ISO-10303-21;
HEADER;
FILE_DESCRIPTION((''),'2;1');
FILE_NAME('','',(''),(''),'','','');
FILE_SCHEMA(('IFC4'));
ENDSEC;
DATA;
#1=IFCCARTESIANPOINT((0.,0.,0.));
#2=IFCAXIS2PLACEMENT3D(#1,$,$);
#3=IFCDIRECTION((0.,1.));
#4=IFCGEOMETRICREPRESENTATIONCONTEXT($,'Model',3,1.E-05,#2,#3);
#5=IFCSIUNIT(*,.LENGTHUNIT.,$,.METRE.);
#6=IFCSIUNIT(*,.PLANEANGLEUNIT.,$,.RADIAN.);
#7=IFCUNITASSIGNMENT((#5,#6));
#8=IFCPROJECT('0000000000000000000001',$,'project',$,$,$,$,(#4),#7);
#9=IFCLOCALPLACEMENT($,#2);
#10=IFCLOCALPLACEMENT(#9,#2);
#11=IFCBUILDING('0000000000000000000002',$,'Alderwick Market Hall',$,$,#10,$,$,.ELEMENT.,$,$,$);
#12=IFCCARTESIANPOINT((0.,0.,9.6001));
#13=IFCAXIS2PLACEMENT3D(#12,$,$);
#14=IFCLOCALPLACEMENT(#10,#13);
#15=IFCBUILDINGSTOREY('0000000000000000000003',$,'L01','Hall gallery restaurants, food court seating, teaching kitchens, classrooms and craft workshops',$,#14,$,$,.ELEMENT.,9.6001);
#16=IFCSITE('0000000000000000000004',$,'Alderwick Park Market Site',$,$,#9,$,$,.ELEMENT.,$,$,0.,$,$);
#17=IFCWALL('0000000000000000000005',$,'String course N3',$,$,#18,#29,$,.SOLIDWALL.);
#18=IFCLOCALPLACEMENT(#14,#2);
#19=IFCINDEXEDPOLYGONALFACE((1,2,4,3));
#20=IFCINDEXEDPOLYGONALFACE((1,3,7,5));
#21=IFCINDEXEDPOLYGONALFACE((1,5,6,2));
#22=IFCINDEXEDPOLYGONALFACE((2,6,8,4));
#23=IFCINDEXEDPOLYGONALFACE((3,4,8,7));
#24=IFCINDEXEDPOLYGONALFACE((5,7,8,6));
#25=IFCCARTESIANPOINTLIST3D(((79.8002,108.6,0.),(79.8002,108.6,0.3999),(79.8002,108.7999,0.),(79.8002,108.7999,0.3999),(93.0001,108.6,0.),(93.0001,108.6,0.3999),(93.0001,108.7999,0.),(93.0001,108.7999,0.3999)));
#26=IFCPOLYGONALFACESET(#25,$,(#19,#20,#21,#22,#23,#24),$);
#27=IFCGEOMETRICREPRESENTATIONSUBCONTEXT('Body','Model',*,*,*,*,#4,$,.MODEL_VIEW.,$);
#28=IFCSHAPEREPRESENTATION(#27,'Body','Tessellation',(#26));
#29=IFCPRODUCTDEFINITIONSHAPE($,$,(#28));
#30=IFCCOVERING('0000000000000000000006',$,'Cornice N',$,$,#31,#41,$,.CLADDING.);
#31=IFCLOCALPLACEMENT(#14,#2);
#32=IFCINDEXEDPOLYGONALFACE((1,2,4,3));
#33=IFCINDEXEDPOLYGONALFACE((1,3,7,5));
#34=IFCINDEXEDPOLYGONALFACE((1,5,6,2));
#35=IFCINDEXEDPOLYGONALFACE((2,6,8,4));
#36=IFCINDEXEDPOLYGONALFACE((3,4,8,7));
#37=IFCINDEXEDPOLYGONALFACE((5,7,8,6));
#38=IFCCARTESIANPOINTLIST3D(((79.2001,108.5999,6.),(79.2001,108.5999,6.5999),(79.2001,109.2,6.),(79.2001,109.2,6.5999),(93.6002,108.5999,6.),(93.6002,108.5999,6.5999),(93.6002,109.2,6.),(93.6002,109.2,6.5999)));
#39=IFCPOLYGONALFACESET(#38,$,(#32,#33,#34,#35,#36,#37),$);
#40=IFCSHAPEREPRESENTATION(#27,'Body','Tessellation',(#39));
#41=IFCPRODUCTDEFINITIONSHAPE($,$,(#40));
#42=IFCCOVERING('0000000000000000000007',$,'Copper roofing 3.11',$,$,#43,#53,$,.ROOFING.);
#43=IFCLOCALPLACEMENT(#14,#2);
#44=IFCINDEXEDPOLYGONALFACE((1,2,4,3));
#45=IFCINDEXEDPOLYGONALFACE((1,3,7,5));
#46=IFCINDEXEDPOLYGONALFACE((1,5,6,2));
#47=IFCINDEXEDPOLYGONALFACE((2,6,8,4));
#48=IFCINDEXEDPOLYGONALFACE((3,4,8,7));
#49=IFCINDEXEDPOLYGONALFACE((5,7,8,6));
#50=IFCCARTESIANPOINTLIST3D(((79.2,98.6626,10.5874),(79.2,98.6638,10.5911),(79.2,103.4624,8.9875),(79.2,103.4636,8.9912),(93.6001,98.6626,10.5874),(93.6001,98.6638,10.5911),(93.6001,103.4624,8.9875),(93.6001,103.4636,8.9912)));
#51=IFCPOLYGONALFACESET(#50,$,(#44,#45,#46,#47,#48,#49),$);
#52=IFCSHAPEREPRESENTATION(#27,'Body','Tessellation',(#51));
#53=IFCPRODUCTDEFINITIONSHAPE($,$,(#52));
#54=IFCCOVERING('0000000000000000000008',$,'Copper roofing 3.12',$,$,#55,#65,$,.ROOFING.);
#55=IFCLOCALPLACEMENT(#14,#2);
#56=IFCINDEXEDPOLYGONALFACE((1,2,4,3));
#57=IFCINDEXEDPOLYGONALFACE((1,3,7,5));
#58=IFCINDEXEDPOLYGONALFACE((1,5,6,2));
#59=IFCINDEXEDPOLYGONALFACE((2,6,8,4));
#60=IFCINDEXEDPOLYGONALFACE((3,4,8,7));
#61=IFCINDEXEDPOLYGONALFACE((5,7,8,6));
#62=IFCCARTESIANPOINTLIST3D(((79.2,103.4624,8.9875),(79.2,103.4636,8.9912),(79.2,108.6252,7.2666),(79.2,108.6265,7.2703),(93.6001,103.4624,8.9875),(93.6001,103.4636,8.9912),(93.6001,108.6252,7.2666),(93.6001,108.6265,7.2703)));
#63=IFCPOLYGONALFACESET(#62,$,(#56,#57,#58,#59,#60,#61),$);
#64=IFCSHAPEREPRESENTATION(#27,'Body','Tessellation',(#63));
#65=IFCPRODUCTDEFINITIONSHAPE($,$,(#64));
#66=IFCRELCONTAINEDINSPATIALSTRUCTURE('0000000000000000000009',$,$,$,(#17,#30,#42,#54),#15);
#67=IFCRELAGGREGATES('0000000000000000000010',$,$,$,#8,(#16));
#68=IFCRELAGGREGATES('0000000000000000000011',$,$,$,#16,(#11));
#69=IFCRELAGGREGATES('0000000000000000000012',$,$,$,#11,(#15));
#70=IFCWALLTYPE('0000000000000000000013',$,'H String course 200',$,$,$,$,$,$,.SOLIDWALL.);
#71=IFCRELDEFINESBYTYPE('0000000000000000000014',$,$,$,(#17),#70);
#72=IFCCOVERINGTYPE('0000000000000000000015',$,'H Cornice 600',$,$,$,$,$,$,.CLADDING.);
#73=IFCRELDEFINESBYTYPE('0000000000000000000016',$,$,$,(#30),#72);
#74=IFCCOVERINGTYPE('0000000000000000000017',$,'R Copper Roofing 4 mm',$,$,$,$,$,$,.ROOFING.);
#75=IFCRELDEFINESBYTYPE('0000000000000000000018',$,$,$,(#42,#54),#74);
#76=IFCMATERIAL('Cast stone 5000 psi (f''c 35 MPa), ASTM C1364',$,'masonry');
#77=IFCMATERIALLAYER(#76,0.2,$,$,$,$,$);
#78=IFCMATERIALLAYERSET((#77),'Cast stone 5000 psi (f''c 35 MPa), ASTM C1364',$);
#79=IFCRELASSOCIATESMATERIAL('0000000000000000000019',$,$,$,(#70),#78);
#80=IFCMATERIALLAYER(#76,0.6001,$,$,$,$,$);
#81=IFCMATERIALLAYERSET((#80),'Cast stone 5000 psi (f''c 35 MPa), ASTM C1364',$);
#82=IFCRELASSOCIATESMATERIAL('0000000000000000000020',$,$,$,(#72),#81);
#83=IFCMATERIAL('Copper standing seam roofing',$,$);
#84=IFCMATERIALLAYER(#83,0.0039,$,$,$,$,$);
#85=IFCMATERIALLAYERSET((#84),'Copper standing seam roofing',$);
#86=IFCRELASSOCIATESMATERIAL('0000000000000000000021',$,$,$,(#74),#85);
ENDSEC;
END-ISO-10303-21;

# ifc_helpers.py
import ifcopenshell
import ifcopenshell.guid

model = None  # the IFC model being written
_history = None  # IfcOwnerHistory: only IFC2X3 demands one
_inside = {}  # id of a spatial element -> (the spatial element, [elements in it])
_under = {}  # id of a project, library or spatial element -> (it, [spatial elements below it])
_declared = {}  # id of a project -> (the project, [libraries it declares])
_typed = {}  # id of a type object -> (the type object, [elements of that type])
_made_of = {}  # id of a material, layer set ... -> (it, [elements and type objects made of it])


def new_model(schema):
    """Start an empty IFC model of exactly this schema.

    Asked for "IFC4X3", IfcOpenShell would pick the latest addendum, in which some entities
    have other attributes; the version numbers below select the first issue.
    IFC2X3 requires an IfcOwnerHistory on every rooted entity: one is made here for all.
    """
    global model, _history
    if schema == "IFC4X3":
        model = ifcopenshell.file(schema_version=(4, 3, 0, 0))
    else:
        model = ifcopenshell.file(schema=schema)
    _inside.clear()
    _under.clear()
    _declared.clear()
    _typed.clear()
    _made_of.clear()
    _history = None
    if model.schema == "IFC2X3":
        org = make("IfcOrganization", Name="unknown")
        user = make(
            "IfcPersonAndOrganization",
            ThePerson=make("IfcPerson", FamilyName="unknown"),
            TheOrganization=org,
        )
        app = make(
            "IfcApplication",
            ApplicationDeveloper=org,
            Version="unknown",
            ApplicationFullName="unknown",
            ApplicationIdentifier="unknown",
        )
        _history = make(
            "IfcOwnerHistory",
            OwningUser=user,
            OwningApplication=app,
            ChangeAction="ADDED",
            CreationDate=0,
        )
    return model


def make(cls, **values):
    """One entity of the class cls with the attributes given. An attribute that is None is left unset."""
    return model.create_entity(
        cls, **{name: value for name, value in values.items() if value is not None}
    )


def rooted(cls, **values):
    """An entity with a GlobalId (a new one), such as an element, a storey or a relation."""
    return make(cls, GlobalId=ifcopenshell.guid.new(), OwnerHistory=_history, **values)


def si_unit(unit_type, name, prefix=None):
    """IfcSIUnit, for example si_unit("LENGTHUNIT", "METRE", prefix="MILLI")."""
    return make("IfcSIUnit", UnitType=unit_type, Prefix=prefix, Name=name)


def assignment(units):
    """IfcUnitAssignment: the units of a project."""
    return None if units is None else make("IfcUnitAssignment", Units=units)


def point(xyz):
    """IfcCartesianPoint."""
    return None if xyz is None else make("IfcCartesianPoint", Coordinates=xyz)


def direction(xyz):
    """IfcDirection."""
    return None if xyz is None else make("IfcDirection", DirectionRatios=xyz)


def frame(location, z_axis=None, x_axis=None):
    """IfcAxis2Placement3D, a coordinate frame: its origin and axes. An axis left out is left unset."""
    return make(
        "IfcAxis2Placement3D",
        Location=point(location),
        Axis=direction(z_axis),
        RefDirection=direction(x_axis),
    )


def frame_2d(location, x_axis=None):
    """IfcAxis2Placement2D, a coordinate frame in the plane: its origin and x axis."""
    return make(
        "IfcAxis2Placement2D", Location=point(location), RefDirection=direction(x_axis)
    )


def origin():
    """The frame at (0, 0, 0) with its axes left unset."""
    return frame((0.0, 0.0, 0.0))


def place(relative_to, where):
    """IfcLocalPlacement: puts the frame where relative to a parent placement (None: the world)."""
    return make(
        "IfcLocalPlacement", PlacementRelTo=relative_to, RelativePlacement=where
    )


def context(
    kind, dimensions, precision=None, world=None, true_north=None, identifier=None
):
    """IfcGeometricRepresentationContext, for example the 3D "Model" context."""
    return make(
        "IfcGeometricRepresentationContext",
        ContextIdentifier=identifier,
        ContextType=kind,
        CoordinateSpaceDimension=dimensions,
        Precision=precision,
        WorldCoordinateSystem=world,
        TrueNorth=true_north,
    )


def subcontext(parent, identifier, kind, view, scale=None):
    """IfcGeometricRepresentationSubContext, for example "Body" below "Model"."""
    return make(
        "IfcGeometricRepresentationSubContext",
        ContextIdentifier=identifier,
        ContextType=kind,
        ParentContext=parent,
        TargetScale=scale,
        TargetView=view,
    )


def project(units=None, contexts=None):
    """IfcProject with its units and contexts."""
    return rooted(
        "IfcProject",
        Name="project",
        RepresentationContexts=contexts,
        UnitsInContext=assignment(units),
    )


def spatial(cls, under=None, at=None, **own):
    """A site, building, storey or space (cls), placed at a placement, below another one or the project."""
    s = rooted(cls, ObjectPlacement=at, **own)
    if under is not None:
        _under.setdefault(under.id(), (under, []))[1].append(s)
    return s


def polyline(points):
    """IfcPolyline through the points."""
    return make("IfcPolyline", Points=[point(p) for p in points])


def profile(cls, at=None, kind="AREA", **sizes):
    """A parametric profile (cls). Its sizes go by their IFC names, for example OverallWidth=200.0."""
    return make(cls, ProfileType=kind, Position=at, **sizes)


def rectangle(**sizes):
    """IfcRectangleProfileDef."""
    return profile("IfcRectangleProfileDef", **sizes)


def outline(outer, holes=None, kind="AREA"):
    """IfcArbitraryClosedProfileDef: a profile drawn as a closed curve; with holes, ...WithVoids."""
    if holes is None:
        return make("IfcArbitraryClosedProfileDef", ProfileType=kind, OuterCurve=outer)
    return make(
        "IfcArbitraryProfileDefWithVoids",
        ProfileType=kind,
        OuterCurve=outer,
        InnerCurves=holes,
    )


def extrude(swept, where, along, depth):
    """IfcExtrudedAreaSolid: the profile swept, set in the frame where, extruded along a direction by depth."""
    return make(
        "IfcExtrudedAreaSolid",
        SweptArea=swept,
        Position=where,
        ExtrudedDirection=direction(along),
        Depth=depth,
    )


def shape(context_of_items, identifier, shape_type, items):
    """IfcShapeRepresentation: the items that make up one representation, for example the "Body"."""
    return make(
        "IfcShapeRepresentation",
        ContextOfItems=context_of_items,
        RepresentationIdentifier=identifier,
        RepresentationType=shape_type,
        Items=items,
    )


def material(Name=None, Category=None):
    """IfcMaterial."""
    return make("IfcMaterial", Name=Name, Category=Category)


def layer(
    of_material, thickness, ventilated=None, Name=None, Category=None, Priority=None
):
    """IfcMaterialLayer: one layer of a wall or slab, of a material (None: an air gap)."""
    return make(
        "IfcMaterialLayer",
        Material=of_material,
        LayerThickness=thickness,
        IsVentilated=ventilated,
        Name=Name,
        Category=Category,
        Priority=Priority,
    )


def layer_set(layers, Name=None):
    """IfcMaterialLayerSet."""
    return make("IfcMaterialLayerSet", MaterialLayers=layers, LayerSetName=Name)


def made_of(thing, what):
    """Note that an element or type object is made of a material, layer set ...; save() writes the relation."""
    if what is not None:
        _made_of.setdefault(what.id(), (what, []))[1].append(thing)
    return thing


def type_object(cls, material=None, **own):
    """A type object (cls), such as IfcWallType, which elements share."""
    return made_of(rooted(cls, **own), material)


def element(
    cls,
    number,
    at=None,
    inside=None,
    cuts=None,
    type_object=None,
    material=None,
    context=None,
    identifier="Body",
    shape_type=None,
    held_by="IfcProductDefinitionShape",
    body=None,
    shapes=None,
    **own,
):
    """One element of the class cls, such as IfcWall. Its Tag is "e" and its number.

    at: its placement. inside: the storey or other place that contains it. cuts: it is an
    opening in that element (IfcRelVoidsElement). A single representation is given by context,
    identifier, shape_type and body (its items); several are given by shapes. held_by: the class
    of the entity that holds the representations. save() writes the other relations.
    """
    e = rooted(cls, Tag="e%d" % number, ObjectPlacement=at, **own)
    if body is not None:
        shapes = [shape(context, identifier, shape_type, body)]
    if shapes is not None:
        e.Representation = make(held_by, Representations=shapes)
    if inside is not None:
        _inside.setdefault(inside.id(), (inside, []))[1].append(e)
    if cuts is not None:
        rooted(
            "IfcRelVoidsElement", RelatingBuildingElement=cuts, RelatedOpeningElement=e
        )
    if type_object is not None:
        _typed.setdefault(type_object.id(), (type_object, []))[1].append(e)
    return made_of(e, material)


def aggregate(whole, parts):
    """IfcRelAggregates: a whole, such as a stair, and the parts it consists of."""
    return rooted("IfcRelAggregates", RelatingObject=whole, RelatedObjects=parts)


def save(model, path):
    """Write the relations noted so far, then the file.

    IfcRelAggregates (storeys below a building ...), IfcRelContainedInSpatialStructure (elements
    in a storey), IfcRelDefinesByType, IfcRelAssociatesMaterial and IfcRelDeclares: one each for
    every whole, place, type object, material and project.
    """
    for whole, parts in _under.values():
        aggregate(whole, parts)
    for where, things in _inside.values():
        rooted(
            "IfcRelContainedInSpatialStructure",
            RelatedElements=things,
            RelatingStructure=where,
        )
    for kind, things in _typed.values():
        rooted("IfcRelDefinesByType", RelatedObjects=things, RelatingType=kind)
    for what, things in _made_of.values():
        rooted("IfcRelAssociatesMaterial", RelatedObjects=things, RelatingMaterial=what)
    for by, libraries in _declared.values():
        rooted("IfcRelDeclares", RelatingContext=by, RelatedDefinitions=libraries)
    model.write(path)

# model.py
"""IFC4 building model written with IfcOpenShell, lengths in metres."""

from ifc_helpers import new_model, si_unit, direction, frame, frame_2d, origin, place, context, subcontext, project, spatial, polyline, rectangle, outline, extrude, material, layer, layer_set, type_object, element, save


model = new_model("IFC4")

# Units and contexts
model_context = context("Model", 3, precision=1e-05, world=origin(), true_north=direction((0.0, 1.0)))
body_context = subcontext(model_context, "Body", "Model", "MODEL_VIEW")
ifc_project = project(units=[si_unit("LENGTHUNIT", "METRE"), si_unit("PLANEANGLEUNIT", "RADIAN")], contexts=[model_context])

# Site, building, storey
site_placement = place(None, origin())
site = spatial("IfcSite", under=ifc_project, at=site_placement, Name="Alderwick Park Market Site", CompositionType="ELEMENT", RefElevation=0.0)
building_placement = place(site_placement, origin())
building = spatial("IfcBuilding", under=site, at=building_placement, Name="Alderwick Market Hall", CompositionType="ELEMENT")
storey_placement = place(building_placement, frame((0.0, 0.0, 9.6001)))
storey = spatial("IfcBuildingStorey", under=building, at=storey_placement, Name="L01", Description="Hall gallery restaurants, food court seating, teaching kitchens, classrooms and craft workshops", CompositionType="ELEMENT", Elevation=9.6001)

# Wall
ifc_material_1 = material(Name="Cast stone 5000 psi (f'c 35 MPa), ASTM C1364", Category="masonry")
ifc_layer_1 = layer(ifc_material_1, 0.2)
ifc_layer_set_1 = layer_set([ifc_layer_1], Name="Cast stone 5000 psi (f'c 35 MPa), ASTM C1364")
wall_type_1 = type_object("IfcWallType", Name="H String course 200", PredefinedType="SOLIDWALL", material=ifc_layer_set_1)
wall_1_placement = place(storey_placement, frame((79.8, 108.7, 0.0), z_axis=(0.0, 0.0, 1.0), x_axis=(1.0, 0.0, 0.0)))
element("IfcWall", 1, at=wall_1_placement, inside=storey, type_object=wall_type_1, Name="String course N3", PredefinedType="SOLIDWALL", context=body_context, shape_type="SweptSolid", body=[
    extrude(rectangle(XDim=13.2, YDim=0.2, at=frame_2d((6.6001, 0.0))), origin(), (0.0, 0.0, 1.0), 0.3999),
])

# Coverings
ifc_layer_2 = layer(ifc_material_1, 0.6001)
ifc_layer_set_2 = layer_set([ifc_layer_2], Name="Cast stone 5000 psi (f'c 35 MPa), ASTM C1364")
covering_type_1 = type_object("IfcCoveringType", Name="H Cornice 600", PredefinedType="CLADDING", material=ifc_layer_set_2)
covering_1_placement = place(storey_placement, frame((79.2, 108.8999, 6.0), z_axis=(0.0, 0.0, 1.0), x_axis=(1.0, 0.0, 0.0)))
element("IfcCovering", 2, at=covering_1_placement, inside=storey, type_object=covering_type_1, Name="Cornice N", PredefinedType="CLADDING", context=body_context, shape_type="SweptSolid", body=[
    extrude(rectangle(XDim=14.4001, YDim=0.6001, at=frame_2d((7.2002, 0.0))), origin(), (0.0, 0.0, 1.0), 0.5999),
])
ifc_material_2 = material(Name="Copper standing seam roofing")
ifc_layer_3 = layer(ifc_material_2, 0.0039)
ifc_layer_set_3 = layer_set([ifc_layer_3], Name="Copper standing seam roofing")
covering_type_2 = type_object("IfcCoveringType", Name="R Copper Roofing 4 mm", PredefinedType="ROOFING", material=ifc_layer_set_3)
covering_2_placement = place(storey_placement, frame((79.2, 98.6638, 10.5911), z_axis=(0.0, 0.316213, 0.948688), x_axis=(1.0, 0.0, 0.0)))
element("IfcCovering", 3, at=covering_2_placement, inside=storey, type_object=covering_type_2, Name="Copper roofing 3.11", PredefinedType="ROOFING", context=body_context, shape_type="SweptSolid", body=[
    extrude(outline(polyline([(0.0, 0.0), (14.4001, 0.0), (14.4001, 5.0594), (0.0, 5.0594), (0.0, 0.0)])), origin(), (0.0, 0.0, -1.0), 0.0039),
])
covering_3_placement = place(storey_placement, frame((79.2, 103.4636, 8.9912), z_axis=(0.0, 0.316228, 0.948683), x_axis=(1.0, 0.0, 0.0)))
element("IfcCovering", 4, at=covering_3_placement, inside=storey, type_object=covering_type_2, Name="Copper roofing 3.12", PredefinedType="ROOFING", context=body_context, shape_type="SweptSolid", body=[
    extrude(outline(polyline([(0.0, 0.0), (14.4001, 0.0), (14.4001, 5.4421), (0.0, 5.4421), (0.0, 0.0)])), origin(), (0.0, 0.0, -1.0), 0.0039),
])

save(model, "model.ifc")
